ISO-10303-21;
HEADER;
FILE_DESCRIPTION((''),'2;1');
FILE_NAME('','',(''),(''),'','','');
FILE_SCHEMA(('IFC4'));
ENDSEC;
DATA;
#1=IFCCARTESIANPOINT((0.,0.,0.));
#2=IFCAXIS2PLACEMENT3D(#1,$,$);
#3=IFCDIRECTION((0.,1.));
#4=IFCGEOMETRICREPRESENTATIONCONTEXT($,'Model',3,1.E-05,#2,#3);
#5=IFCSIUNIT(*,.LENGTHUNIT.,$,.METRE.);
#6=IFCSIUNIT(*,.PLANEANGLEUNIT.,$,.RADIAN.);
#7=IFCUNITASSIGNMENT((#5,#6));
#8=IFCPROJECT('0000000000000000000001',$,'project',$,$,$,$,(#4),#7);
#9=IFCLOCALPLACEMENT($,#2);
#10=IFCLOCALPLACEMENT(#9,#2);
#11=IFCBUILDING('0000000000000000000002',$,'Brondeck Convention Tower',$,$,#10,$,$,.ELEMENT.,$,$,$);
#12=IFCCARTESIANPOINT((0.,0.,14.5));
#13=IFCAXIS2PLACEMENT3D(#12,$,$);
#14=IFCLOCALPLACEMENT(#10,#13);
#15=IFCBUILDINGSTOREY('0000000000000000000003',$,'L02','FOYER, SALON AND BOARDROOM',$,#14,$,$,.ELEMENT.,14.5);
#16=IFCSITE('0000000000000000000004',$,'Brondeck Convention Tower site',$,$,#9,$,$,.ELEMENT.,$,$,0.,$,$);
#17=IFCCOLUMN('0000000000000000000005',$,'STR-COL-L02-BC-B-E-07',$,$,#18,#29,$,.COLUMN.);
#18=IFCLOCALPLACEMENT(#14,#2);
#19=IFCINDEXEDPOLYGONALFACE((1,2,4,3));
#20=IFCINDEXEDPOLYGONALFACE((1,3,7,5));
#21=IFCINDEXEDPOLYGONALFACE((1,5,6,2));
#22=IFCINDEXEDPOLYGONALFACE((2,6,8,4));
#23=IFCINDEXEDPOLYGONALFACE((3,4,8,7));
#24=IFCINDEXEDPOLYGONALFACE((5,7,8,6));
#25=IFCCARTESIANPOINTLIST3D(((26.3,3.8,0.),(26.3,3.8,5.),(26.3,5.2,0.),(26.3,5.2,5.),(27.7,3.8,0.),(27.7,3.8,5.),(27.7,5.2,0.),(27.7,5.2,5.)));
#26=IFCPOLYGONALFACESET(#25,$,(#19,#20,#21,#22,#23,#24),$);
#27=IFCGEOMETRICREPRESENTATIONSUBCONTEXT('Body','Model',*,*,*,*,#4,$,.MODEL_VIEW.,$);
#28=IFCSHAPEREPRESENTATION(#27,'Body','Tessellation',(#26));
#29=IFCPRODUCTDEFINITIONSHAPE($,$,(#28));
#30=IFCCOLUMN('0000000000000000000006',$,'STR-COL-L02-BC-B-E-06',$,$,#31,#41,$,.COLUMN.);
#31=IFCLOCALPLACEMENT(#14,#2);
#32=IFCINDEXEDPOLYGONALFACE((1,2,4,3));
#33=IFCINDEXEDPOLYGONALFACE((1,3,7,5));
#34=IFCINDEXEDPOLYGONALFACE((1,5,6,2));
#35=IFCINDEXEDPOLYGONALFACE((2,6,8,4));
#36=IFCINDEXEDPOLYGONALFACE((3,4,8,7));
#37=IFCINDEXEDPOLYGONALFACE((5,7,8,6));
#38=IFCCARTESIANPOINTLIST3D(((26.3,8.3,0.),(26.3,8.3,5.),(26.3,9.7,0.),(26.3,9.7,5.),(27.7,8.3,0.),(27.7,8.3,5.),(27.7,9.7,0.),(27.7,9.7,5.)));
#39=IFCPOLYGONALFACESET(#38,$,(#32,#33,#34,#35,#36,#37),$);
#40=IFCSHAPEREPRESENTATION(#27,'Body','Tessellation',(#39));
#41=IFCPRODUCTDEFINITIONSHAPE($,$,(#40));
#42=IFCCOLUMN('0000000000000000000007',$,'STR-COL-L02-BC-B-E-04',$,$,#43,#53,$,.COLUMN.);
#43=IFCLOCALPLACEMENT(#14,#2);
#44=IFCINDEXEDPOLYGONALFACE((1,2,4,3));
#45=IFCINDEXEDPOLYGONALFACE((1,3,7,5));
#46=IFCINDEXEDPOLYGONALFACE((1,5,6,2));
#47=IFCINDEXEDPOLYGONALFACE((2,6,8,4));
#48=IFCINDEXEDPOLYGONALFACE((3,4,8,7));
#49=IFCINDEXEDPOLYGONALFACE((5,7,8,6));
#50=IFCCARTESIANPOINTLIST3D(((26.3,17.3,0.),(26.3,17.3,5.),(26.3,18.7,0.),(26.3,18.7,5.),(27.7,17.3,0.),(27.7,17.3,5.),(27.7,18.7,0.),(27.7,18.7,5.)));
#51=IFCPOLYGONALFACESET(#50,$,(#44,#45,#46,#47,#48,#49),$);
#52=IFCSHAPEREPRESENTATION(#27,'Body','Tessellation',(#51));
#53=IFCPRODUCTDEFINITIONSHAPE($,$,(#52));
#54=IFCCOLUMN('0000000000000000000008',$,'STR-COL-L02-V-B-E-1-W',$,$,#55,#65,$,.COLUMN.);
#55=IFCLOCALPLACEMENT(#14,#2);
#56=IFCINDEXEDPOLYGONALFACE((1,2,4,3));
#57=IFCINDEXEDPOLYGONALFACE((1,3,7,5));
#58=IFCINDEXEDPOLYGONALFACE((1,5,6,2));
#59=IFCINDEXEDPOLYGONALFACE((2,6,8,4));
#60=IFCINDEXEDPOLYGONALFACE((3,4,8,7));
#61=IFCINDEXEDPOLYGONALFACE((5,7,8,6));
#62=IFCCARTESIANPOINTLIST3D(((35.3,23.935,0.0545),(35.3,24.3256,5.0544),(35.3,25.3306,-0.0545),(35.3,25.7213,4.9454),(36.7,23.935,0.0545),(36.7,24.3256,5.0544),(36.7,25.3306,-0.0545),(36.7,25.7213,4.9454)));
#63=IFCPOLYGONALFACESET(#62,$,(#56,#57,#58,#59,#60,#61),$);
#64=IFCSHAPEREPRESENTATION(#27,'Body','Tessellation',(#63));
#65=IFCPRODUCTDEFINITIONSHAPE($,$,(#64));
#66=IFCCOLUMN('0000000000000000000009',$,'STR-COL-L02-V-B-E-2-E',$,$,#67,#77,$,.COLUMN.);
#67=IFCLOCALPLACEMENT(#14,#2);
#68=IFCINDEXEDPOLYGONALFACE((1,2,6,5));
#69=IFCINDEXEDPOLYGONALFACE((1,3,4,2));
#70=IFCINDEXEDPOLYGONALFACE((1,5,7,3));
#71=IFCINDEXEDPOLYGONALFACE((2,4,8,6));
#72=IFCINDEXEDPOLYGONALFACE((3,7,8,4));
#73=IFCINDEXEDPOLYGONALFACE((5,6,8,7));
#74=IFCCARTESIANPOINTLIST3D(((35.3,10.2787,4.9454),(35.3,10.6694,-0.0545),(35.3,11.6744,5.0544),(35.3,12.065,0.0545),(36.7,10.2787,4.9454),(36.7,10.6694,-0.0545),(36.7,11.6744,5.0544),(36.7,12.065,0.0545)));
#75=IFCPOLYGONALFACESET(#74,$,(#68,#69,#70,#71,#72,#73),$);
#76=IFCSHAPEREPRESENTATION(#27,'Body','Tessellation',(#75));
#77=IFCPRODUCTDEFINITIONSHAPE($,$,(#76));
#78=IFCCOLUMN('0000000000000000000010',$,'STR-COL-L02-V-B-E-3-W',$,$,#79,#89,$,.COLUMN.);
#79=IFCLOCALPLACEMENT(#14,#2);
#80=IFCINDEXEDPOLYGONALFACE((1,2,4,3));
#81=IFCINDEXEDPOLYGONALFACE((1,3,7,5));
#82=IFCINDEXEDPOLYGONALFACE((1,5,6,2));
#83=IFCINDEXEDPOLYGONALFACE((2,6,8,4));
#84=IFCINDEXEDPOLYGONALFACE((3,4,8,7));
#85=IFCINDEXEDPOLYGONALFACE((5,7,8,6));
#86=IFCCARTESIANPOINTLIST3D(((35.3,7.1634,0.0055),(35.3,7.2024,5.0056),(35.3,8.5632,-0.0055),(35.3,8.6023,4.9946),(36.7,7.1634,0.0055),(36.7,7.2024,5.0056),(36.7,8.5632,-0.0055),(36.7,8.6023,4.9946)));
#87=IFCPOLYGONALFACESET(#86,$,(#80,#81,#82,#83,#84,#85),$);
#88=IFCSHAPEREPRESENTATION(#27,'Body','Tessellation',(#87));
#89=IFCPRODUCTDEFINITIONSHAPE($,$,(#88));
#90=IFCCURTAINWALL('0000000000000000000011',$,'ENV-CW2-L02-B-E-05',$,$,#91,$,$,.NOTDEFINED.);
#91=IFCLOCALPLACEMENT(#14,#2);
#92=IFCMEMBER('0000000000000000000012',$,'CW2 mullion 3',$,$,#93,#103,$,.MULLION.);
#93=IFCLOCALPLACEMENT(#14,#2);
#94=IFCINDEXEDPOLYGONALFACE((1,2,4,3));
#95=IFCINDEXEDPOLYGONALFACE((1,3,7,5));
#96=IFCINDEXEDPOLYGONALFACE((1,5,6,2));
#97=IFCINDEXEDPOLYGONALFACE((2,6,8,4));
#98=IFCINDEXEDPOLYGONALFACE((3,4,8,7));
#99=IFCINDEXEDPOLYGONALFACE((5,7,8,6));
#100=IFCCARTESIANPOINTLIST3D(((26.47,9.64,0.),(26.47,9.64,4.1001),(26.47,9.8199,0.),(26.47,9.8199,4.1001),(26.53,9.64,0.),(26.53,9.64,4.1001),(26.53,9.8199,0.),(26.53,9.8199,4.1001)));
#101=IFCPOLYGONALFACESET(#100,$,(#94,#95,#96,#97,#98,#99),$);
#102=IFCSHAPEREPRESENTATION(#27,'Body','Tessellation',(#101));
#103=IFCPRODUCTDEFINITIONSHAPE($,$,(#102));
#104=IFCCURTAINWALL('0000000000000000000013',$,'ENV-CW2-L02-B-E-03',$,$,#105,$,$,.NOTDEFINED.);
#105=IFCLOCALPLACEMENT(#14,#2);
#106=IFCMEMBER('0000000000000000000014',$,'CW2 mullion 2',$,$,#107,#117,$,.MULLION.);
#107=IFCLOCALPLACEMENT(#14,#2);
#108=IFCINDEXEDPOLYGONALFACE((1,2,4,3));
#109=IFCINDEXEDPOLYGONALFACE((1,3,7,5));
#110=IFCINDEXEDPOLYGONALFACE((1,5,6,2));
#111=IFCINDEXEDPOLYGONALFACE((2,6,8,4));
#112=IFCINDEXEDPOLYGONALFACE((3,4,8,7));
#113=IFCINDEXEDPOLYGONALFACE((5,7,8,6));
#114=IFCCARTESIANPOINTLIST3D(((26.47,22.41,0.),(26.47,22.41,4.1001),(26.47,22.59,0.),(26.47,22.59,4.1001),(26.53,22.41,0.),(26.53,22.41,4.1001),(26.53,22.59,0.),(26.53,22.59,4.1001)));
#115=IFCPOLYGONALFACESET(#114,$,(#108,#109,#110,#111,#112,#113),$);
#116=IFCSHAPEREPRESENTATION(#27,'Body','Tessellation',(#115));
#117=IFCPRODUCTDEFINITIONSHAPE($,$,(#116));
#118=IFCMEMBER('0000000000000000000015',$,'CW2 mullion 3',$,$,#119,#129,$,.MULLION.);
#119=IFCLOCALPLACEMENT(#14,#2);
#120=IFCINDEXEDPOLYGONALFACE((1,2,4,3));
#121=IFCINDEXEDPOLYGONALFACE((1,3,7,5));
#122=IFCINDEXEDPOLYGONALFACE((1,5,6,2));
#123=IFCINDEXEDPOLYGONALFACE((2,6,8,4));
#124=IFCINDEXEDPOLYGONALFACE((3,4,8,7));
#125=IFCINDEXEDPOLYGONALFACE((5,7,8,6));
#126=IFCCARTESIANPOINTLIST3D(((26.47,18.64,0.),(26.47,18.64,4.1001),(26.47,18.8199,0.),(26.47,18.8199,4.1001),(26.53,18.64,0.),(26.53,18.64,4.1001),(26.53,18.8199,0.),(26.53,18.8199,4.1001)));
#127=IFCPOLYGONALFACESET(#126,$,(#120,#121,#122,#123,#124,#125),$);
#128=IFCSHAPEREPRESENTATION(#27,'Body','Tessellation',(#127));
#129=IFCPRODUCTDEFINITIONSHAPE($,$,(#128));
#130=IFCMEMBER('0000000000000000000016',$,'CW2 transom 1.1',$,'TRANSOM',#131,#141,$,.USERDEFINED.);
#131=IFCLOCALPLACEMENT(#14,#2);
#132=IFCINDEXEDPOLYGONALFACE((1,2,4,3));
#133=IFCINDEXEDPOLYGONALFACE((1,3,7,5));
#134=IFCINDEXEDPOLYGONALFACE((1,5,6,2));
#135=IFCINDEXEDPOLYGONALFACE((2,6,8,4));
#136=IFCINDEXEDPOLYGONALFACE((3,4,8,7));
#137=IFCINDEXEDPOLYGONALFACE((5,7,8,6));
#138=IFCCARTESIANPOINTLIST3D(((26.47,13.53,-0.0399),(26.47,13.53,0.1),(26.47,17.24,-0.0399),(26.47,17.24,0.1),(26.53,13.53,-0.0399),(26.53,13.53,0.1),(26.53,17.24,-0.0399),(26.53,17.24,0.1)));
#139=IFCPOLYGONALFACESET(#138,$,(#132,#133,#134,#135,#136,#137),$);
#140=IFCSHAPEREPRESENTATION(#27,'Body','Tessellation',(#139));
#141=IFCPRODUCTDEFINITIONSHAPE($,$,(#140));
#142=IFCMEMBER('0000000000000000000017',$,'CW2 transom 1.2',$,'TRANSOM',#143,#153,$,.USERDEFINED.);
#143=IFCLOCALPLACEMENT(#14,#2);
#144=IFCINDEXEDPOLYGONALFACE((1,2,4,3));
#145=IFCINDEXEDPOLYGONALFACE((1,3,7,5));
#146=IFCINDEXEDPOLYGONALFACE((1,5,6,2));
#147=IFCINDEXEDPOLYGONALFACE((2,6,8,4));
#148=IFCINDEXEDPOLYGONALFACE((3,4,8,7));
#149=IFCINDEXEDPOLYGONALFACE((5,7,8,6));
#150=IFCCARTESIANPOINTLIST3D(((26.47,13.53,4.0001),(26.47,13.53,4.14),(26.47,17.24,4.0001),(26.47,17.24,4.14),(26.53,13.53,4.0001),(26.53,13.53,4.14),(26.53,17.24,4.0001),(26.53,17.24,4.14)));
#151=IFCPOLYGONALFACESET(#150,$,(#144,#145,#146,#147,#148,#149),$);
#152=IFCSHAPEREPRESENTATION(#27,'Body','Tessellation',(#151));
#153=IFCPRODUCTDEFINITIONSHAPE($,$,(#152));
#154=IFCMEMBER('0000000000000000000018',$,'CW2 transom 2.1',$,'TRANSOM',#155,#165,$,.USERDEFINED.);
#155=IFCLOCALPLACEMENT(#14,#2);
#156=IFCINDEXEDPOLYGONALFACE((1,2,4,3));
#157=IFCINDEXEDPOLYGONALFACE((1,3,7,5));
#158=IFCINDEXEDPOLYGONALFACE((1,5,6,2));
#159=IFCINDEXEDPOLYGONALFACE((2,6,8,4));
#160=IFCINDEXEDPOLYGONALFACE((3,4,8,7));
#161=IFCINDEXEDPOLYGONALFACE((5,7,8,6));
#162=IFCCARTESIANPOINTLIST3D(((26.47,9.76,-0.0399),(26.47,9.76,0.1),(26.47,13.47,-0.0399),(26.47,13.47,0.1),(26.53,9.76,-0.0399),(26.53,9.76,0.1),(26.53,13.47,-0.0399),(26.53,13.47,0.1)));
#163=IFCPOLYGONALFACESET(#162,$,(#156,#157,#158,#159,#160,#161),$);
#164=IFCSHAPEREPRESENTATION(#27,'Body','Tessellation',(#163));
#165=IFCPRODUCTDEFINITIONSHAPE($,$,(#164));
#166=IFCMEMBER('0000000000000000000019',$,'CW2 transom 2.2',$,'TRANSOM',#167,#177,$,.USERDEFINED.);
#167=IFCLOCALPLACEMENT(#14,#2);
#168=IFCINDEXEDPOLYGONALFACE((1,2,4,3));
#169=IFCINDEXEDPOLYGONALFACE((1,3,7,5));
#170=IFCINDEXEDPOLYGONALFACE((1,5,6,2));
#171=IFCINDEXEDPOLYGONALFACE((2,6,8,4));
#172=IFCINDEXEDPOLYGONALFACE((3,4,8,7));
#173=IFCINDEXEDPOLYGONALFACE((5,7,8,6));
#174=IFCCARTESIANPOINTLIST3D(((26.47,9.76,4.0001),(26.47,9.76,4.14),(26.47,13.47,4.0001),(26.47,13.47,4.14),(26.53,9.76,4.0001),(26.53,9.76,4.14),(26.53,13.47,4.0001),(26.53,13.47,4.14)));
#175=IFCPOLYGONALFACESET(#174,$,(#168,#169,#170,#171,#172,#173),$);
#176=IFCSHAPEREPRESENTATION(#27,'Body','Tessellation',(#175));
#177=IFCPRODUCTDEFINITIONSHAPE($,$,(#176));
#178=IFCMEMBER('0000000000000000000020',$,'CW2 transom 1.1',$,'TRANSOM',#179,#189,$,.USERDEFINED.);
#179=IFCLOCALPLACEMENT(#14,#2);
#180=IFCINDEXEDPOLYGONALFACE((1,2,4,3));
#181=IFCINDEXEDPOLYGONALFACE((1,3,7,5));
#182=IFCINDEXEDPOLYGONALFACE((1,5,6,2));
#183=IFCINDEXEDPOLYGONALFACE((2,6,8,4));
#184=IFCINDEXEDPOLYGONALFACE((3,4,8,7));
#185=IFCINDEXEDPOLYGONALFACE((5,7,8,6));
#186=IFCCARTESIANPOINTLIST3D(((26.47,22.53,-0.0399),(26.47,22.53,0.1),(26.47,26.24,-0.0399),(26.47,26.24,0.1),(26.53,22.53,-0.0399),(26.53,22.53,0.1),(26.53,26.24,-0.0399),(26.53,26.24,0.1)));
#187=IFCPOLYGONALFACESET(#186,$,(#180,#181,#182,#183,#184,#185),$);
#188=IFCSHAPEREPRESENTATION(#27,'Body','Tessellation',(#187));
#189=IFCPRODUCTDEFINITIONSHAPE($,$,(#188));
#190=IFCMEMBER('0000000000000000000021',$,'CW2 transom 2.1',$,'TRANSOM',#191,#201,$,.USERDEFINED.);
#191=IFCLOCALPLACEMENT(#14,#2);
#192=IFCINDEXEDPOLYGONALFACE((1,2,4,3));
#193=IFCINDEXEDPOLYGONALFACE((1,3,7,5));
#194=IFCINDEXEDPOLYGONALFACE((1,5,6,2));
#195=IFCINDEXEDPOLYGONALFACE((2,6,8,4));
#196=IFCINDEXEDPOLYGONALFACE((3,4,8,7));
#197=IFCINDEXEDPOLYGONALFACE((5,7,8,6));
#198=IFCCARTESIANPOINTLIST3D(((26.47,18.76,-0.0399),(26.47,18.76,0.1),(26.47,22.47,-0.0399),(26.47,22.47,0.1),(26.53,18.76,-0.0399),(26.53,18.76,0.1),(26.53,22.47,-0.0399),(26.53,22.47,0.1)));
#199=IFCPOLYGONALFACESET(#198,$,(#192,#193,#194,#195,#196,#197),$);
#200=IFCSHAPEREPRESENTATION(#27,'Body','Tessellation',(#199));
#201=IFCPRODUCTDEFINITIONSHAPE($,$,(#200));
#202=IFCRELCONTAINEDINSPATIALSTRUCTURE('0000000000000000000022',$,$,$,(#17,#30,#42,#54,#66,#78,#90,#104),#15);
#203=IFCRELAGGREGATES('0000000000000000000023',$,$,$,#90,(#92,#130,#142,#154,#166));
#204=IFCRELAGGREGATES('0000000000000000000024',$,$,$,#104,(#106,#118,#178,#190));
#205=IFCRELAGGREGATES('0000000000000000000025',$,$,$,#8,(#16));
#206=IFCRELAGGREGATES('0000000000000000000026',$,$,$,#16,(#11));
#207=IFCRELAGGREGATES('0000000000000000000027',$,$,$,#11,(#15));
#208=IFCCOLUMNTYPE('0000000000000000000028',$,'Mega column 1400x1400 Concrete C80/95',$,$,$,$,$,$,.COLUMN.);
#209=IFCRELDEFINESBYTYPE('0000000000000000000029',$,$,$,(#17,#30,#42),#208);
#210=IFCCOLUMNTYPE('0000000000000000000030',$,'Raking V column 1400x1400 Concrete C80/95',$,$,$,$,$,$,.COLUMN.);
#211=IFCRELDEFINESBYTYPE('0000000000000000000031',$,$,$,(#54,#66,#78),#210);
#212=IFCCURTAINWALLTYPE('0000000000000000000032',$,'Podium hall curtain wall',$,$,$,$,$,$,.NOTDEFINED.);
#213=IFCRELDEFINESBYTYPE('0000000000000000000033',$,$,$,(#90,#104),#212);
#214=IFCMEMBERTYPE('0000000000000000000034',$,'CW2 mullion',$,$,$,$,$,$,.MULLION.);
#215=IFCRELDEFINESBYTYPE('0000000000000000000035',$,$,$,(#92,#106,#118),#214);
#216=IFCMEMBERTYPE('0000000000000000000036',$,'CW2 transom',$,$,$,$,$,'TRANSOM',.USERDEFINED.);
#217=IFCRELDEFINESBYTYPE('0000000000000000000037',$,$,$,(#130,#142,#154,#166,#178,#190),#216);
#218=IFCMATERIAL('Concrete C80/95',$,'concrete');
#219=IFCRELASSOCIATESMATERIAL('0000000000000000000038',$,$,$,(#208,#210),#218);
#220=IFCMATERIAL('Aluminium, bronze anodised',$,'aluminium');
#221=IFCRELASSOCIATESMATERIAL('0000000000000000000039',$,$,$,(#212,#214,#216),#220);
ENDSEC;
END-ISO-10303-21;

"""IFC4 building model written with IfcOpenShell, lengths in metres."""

from ifc_helpers import new_model, si_unit, direction, frame, origin, origin_2d, place, context, subcontext, project, spatial, rectangle, extrude, material, material_profile, profile_set, type_object, element, aggregate, save


model = new_model("IFC4")

# Units and contexts
model_context = context("Model", 3, precision=1e-05, world=origin(), true_north=direction((0.0, 1.0)))
body_context = subcontext(model_context, "Body", "Model", "MODEL_VIEW")
ifc_project = project(units=[si_unit("LENGTHUNIT", "METRE"), si_unit("PLANEANGLEUNIT", "RADIAN")], contexts=[model_context])

# Site, building, storey
site_placement = place(None, origin())
site = spatial("IfcSite", under=ifc_project, at=site_placement, Name="Brondeck Convention Tower site", CompositionType="ELEMENT", RefElevation=0.0)
building_placement = place(site_placement, origin())
building = spatial("IfcBuilding", under=site, at=building_placement, Name="Brondeck Convention Tower", CompositionType="ELEMENT")
storey_placement = place(building_placement, frame((0.0, 0.0, 14.5)))
storey = spatial("IfcBuildingStorey", under=building, at=storey_placement, Name="L02", Description="FOYER, SALON AND BOARDROOM", CompositionType="ELEMENT", Elevation=14.5)

# Columns
ifc_material_1 = material(Name="Concrete C80/95", Category="concrete")
ifc_material_profile_1 = material_profile(ifc_material_1, rectangle(XDim=1.3999, YDim=1.3999, at=origin_2d()), Name="Mega column 1400x1400 Concrete C80/95")
ifc_profile_set_1 = profile_set([ifc_material_profile_1], Name="Concrete C80/95")
column_type_1 = type_object("IfcColumnType", Name="Mega column 1400x1400 Concrete C80/95", PredefinedType="COLUMN", material=ifc_profile_set_1)
for number, where, z_axis, x_axis, name in (
    (1, (27.0, 4.5, 0.0), (0.0, 0.0, 1.0), (1.0, 0.0, 0.0), "STR-COL-L02-BC-B-E-07"),
    (2, (27.0, 9.0, 0.0), (0.0, 0.0, 1.0), (1.0, 0.0, 0.0), "STR-COL-L02-BC-B-E-06"),
    (3, (27.0, 18.0, 0.0), (0.0, 0.0, 1.0), (1.0, 0.0, 0.0), "STR-COL-L02-BC-B-E-04"),
):
    element("IfcColumn", number, at=place(storey_placement, frame(where, z_axis=z_axis, x_axis=x_axis)), inside=storey, type_object=column_type_1, Name=name, PredefinedType="COLUMN", context=body_context, shape_type="SweptSolid", body=[
        extrude(rectangle(XDim=1.3999, YDim=1.3999, at=origin_2d()), origin(), (0.0, 0.0, 1.0), 5.0),
    ])
ifc_material_profile_2 = material_profile(ifc_material_1, rectangle(XDim=1.3999, YDim=1.3999, at=origin_2d()), Name="Raking V column 1400x1400 Concrete C80/95")
ifc_profile_set_2 = profile_set([ifc_material_profile_2], Name="Concrete C80/95")
column_type_2 = type_object("IfcColumnType", Name="Raking V column 1400x1400 Concrete C80/95", PredefinedType="COLUMN", material=ifc_profile_set_2)
for number, where, z_axis, x_axis, name in (
    (4, (36.0, 24.6328, 0.0), (0.0, 0.077888, 0.996962), (-1.0, 0.0, 0.0), "STR-COL-L02-V-B-E-1-W"),
    (5, (36.0, 11.3672, 0.0), (0.0, -0.077888, 0.996962), (1.0, 0.0, 0.0), "STR-COL-L02-V-B-E-2-E"),
):
    element("IfcColumn", number, at=place(storey_placement, frame(where, z_axis=z_axis, x_axis=x_axis)), inside=storey, type_object=column_type_2, Name=name, PredefinedType="COLUMN", context=body_context, shape_type="SweptSolid", body=[
        extrude(rectangle(XDim=1.3999, YDim=1.3999, at=origin_2d()), origin(), (0.0, 0.0, 1.0), 5.0151),
    ])
column_placement = place(storey_placement, frame((36.0, 7.8633, 0.0), z_axis=(0.0, 0.007812, 0.999969), x_axis=(-1.0, 0.0, 0.0)))
element("IfcColumn", 6, at=column_placement, inside=storey, type_object=column_type_2, Name="STR-COL-L02-V-B-E-3-W", PredefinedType="COLUMN", context=body_context, shape_type="SweptSolid", body=[
    extrude(rectangle(XDim=1.3999, YDim=1.3999, at=origin_2d()), origin(), (0.0, 0.0, 1.0), 5.0002),
])

# Curtain wall, member
ifc_material_2 = material(Name="Aluminium, bronze anodised", Category="aluminium")
curtain_wall_type = type_object("IfcCurtainWallType", Name="Podium hall curtain wall", PredefinedType="NOTDEFINED", material=ifc_material_2)
curtain_wall_1_placement = place(storey_placement, origin())
curtain_wall_1 = element("IfcCurtainWall", 7, at=curtain_wall_1_placement, inside=storey, type_object=curtain_wall_type, Name="ENV-CW2-L02-B-E-05", PredefinedType="NOTDEFINED")
ifc_material_profile_3 = material_profile(ifc_material_2, rectangle(XDim=0.0601, YDim=0.1799, at=origin_2d()), Name="CW2 mullion")
ifc_profile_set_3 = profile_set([ifc_material_profile_3], Name="Aluminium, bronze anodised")
member_type_1 = type_object("IfcMemberType", Name="CW2 mullion", PredefinedType="MULLION", material=ifc_profile_set_3)
member_1_placement = place(storey_placement, frame((26.5, 9.73, 0.0), z_axis=(0.0, 0.0, 1.0), x_axis=(1.0, 0.0, 0.0)))
member_1 = element("IfcMember", 8, at=member_1_placement, type_object=member_type_1, Name="CW2 mullion 3", PredefinedType="MULLION", context=body_context, shape_type="SweptSolid", body=[
    extrude(rectangle(XDim=0.0601, YDim=0.1799, at=origin_2d()), origin(), (0.0, 0.0, 1.0), 4.1001),
])

# Curtain wall, members
curtain_wall_2_placement = place(storey_placement, origin())
curtain_wall_2 = element("IfcCurtainWall", 9, at=curtain_wall_2_placement, inside=storey, type_object=curtain_wall_type, Name="ENV-CW2-L02-B-E-03", PredefinedType="NOTDEFINED")
member_2_placement = place(storey_placement, frame((26.5, 22.5, 0.0), z_axis=(0.0, 0.0, 1.0), x_axis=(1.0, 0.0, 0.0)))
member_2 = element("IfcMember", 10, at=member_2_placement, type_object=member_type_1, Name="CW2 mullion 2", PredefinedType="MULLION", context=body_context, shape_type="SweptSolid", body=[
    extrude(rectangle(XDim=0.0601, YDim=0.1799, at=origin_2d()), origin(), (0.0, 0.0, 1.0), 4.1001),
])
member_3_placement = place(storey_placement, frame((26.5, 18.73, 0.0), z_axis=(0.0, 0.0, 1.0), x_axis=(1.0, 0.0, 0.0)))
member_3 = element("IfcMember", 11, at=member_3_placement, type_object=member_type_1, Name="CW2 mullion 3", PredefinedType="MULLION", context=body_context, shape_type="SweptSolid", body=[
    extrude(rectangle(XDim=0.0601, YDim=0.1799, at=origin_2d()), origin(), (0.0, 0.0, 1.0), 4.1001),
])

# Members
ifc_material_profile_4 = material_profile(ifc_material_2, rectangle(XDim=0.0601, YDim=0.1399, at=origin_2d()), Name="CW2 transom")
ifc_profile_set_4 = profile_set([ifc_material_profile_4], Name="Aluminium, bronze anodised")
member_type_2 = type_object("IfcMemberType", Name="CW2 transom", ElementType="TRANSOM", PredefinedType="USERDEFINED", material=ifc_profile_set_4)
member_4_placement = place(storey_placement, frame((26.5, 17.24, 0.03), z_axis=(0.0, -1.0, 0.0), x_axis=(1.0, 0.0, 0.0)))
member_4 = element("IfcMember", 12, at=member_4_placement, type_object=member_type_2, Name="CW2 transom 1.1", ObjectType="TRANSOM", PredefinedType="USERDEFINED", context=body_context, shape_type="SweptSolid", body=[
    extrude(rectangle(XDim=0.0601, YDim=0.1399, at=origin_2d()), origin(), (0.0, 0.0, 1.0), 3.71),
])
member_5_placement = place(storey_placement, frame((26.5, 17.24, 4.0701), z_axis=(0.0, -1.0, 0.0), x_axis=(1.0, 0.0, 0.0)))
member_5 = element("IfcMember", 13, at=member_5_placement, type_object=member_type_2, Name="CW2 transom 1.2", ObjectType="TRANSOM", PredefinedType="USERDEFINED", context=body_context, shape_type="SweptSolid", body=[
    extrude(rectangle(XDim=0.0601, YDim=0.1399, at=origin_2d()), origin(), (0.0, 0.0, 1.0), 3.71),
])
member_6_placement = place(storey_placement, frame((26.5, 13.47, 0.03), z_axis=(0.0, -1.0, 0.0), x_axis=(1.0, 0.0, 0.0)))
member_6 = element("IfcMember", 14, at=member_6_placement, type_object=member_type_2, Name="CW2 transom 2.1", ObjectType="TRANSOM", PredefinedType="USERDEFINED", context=body_context, shape_type="SweptSolid", body=[
    extrude(rectangle(XDim=0.0601, YDim=0.1399, at=origin_2d()), origin(), (0.0, 0.0, 1.0), 3.71),
])
member_7_placement = place(storey_placement, frame((26.5, 13.47, 4.0701), z_axis=(0.0, -1.0, 0.0), x_axis=(1.0, 0.0, 0.0)))
member_7 = element("IfcMember", 15, at=member_7_placement, type_object=member_type_2, Name="CW2 transom 2.2", ObjectType="TRANSOM", PredefinedType="USERDEFINED", context=body_context, shape_type="SweptSolid", body=[
    extrude(rectangle(XDim=0.0601, YDim=0.1399, at=origin_2d()), origin(), (0.0, 0.0, 1.0), 3.71),
])
member_8_placement = place(storey_placement, frame((26.5, 26.24, 0.03), z_axis=(0.0, -1.0, 0.0), x_axis=(1.0, 0.0, 0.0)))
member_8 = element("IfcMember", 16, at=member_8_placement, type_object=member_type_2, Name="CW2 transom 1.1", ObjectType="TRANSOM", PredefinedType="USERDEFINED", context=body_context, shape_type="SweptSolid", body=[
    extrude(rectangle(XDim=0.0601, YDim=0.1399, at=origin_2d()), origin(), (0.0, 0.0, 1.0), 3.71),
])
member_9_placement = place(storey_placement, frame((26.5, 22.47, 0.03), z_axis=(0.0, -1.0, 0.0), x_axis=(1.0, 0.0, 0.0)))
member_9 = element("IfcMember", 17, at=member_9_placement, type_object=member_type_2, Name="CW2 transom 2.1", ObjectType="TRANSOM", PredefinedType="USERDEFINED", context=body_context, shape_type="SweptSolid", body=[
    extrude(rectangle(XDim=0.0601, YDim=0.1399, at=origin_2d()), origin(), (0.0, 0.0, 1.0), 3.71),
])

aggregate(curtain_wall_1, [member_1, member_4, member_5, member_6, member_7])
aggregate(curtain_wall_2, [member_2, member_3, member_8, member_9])

save(model, "model.ifc")
